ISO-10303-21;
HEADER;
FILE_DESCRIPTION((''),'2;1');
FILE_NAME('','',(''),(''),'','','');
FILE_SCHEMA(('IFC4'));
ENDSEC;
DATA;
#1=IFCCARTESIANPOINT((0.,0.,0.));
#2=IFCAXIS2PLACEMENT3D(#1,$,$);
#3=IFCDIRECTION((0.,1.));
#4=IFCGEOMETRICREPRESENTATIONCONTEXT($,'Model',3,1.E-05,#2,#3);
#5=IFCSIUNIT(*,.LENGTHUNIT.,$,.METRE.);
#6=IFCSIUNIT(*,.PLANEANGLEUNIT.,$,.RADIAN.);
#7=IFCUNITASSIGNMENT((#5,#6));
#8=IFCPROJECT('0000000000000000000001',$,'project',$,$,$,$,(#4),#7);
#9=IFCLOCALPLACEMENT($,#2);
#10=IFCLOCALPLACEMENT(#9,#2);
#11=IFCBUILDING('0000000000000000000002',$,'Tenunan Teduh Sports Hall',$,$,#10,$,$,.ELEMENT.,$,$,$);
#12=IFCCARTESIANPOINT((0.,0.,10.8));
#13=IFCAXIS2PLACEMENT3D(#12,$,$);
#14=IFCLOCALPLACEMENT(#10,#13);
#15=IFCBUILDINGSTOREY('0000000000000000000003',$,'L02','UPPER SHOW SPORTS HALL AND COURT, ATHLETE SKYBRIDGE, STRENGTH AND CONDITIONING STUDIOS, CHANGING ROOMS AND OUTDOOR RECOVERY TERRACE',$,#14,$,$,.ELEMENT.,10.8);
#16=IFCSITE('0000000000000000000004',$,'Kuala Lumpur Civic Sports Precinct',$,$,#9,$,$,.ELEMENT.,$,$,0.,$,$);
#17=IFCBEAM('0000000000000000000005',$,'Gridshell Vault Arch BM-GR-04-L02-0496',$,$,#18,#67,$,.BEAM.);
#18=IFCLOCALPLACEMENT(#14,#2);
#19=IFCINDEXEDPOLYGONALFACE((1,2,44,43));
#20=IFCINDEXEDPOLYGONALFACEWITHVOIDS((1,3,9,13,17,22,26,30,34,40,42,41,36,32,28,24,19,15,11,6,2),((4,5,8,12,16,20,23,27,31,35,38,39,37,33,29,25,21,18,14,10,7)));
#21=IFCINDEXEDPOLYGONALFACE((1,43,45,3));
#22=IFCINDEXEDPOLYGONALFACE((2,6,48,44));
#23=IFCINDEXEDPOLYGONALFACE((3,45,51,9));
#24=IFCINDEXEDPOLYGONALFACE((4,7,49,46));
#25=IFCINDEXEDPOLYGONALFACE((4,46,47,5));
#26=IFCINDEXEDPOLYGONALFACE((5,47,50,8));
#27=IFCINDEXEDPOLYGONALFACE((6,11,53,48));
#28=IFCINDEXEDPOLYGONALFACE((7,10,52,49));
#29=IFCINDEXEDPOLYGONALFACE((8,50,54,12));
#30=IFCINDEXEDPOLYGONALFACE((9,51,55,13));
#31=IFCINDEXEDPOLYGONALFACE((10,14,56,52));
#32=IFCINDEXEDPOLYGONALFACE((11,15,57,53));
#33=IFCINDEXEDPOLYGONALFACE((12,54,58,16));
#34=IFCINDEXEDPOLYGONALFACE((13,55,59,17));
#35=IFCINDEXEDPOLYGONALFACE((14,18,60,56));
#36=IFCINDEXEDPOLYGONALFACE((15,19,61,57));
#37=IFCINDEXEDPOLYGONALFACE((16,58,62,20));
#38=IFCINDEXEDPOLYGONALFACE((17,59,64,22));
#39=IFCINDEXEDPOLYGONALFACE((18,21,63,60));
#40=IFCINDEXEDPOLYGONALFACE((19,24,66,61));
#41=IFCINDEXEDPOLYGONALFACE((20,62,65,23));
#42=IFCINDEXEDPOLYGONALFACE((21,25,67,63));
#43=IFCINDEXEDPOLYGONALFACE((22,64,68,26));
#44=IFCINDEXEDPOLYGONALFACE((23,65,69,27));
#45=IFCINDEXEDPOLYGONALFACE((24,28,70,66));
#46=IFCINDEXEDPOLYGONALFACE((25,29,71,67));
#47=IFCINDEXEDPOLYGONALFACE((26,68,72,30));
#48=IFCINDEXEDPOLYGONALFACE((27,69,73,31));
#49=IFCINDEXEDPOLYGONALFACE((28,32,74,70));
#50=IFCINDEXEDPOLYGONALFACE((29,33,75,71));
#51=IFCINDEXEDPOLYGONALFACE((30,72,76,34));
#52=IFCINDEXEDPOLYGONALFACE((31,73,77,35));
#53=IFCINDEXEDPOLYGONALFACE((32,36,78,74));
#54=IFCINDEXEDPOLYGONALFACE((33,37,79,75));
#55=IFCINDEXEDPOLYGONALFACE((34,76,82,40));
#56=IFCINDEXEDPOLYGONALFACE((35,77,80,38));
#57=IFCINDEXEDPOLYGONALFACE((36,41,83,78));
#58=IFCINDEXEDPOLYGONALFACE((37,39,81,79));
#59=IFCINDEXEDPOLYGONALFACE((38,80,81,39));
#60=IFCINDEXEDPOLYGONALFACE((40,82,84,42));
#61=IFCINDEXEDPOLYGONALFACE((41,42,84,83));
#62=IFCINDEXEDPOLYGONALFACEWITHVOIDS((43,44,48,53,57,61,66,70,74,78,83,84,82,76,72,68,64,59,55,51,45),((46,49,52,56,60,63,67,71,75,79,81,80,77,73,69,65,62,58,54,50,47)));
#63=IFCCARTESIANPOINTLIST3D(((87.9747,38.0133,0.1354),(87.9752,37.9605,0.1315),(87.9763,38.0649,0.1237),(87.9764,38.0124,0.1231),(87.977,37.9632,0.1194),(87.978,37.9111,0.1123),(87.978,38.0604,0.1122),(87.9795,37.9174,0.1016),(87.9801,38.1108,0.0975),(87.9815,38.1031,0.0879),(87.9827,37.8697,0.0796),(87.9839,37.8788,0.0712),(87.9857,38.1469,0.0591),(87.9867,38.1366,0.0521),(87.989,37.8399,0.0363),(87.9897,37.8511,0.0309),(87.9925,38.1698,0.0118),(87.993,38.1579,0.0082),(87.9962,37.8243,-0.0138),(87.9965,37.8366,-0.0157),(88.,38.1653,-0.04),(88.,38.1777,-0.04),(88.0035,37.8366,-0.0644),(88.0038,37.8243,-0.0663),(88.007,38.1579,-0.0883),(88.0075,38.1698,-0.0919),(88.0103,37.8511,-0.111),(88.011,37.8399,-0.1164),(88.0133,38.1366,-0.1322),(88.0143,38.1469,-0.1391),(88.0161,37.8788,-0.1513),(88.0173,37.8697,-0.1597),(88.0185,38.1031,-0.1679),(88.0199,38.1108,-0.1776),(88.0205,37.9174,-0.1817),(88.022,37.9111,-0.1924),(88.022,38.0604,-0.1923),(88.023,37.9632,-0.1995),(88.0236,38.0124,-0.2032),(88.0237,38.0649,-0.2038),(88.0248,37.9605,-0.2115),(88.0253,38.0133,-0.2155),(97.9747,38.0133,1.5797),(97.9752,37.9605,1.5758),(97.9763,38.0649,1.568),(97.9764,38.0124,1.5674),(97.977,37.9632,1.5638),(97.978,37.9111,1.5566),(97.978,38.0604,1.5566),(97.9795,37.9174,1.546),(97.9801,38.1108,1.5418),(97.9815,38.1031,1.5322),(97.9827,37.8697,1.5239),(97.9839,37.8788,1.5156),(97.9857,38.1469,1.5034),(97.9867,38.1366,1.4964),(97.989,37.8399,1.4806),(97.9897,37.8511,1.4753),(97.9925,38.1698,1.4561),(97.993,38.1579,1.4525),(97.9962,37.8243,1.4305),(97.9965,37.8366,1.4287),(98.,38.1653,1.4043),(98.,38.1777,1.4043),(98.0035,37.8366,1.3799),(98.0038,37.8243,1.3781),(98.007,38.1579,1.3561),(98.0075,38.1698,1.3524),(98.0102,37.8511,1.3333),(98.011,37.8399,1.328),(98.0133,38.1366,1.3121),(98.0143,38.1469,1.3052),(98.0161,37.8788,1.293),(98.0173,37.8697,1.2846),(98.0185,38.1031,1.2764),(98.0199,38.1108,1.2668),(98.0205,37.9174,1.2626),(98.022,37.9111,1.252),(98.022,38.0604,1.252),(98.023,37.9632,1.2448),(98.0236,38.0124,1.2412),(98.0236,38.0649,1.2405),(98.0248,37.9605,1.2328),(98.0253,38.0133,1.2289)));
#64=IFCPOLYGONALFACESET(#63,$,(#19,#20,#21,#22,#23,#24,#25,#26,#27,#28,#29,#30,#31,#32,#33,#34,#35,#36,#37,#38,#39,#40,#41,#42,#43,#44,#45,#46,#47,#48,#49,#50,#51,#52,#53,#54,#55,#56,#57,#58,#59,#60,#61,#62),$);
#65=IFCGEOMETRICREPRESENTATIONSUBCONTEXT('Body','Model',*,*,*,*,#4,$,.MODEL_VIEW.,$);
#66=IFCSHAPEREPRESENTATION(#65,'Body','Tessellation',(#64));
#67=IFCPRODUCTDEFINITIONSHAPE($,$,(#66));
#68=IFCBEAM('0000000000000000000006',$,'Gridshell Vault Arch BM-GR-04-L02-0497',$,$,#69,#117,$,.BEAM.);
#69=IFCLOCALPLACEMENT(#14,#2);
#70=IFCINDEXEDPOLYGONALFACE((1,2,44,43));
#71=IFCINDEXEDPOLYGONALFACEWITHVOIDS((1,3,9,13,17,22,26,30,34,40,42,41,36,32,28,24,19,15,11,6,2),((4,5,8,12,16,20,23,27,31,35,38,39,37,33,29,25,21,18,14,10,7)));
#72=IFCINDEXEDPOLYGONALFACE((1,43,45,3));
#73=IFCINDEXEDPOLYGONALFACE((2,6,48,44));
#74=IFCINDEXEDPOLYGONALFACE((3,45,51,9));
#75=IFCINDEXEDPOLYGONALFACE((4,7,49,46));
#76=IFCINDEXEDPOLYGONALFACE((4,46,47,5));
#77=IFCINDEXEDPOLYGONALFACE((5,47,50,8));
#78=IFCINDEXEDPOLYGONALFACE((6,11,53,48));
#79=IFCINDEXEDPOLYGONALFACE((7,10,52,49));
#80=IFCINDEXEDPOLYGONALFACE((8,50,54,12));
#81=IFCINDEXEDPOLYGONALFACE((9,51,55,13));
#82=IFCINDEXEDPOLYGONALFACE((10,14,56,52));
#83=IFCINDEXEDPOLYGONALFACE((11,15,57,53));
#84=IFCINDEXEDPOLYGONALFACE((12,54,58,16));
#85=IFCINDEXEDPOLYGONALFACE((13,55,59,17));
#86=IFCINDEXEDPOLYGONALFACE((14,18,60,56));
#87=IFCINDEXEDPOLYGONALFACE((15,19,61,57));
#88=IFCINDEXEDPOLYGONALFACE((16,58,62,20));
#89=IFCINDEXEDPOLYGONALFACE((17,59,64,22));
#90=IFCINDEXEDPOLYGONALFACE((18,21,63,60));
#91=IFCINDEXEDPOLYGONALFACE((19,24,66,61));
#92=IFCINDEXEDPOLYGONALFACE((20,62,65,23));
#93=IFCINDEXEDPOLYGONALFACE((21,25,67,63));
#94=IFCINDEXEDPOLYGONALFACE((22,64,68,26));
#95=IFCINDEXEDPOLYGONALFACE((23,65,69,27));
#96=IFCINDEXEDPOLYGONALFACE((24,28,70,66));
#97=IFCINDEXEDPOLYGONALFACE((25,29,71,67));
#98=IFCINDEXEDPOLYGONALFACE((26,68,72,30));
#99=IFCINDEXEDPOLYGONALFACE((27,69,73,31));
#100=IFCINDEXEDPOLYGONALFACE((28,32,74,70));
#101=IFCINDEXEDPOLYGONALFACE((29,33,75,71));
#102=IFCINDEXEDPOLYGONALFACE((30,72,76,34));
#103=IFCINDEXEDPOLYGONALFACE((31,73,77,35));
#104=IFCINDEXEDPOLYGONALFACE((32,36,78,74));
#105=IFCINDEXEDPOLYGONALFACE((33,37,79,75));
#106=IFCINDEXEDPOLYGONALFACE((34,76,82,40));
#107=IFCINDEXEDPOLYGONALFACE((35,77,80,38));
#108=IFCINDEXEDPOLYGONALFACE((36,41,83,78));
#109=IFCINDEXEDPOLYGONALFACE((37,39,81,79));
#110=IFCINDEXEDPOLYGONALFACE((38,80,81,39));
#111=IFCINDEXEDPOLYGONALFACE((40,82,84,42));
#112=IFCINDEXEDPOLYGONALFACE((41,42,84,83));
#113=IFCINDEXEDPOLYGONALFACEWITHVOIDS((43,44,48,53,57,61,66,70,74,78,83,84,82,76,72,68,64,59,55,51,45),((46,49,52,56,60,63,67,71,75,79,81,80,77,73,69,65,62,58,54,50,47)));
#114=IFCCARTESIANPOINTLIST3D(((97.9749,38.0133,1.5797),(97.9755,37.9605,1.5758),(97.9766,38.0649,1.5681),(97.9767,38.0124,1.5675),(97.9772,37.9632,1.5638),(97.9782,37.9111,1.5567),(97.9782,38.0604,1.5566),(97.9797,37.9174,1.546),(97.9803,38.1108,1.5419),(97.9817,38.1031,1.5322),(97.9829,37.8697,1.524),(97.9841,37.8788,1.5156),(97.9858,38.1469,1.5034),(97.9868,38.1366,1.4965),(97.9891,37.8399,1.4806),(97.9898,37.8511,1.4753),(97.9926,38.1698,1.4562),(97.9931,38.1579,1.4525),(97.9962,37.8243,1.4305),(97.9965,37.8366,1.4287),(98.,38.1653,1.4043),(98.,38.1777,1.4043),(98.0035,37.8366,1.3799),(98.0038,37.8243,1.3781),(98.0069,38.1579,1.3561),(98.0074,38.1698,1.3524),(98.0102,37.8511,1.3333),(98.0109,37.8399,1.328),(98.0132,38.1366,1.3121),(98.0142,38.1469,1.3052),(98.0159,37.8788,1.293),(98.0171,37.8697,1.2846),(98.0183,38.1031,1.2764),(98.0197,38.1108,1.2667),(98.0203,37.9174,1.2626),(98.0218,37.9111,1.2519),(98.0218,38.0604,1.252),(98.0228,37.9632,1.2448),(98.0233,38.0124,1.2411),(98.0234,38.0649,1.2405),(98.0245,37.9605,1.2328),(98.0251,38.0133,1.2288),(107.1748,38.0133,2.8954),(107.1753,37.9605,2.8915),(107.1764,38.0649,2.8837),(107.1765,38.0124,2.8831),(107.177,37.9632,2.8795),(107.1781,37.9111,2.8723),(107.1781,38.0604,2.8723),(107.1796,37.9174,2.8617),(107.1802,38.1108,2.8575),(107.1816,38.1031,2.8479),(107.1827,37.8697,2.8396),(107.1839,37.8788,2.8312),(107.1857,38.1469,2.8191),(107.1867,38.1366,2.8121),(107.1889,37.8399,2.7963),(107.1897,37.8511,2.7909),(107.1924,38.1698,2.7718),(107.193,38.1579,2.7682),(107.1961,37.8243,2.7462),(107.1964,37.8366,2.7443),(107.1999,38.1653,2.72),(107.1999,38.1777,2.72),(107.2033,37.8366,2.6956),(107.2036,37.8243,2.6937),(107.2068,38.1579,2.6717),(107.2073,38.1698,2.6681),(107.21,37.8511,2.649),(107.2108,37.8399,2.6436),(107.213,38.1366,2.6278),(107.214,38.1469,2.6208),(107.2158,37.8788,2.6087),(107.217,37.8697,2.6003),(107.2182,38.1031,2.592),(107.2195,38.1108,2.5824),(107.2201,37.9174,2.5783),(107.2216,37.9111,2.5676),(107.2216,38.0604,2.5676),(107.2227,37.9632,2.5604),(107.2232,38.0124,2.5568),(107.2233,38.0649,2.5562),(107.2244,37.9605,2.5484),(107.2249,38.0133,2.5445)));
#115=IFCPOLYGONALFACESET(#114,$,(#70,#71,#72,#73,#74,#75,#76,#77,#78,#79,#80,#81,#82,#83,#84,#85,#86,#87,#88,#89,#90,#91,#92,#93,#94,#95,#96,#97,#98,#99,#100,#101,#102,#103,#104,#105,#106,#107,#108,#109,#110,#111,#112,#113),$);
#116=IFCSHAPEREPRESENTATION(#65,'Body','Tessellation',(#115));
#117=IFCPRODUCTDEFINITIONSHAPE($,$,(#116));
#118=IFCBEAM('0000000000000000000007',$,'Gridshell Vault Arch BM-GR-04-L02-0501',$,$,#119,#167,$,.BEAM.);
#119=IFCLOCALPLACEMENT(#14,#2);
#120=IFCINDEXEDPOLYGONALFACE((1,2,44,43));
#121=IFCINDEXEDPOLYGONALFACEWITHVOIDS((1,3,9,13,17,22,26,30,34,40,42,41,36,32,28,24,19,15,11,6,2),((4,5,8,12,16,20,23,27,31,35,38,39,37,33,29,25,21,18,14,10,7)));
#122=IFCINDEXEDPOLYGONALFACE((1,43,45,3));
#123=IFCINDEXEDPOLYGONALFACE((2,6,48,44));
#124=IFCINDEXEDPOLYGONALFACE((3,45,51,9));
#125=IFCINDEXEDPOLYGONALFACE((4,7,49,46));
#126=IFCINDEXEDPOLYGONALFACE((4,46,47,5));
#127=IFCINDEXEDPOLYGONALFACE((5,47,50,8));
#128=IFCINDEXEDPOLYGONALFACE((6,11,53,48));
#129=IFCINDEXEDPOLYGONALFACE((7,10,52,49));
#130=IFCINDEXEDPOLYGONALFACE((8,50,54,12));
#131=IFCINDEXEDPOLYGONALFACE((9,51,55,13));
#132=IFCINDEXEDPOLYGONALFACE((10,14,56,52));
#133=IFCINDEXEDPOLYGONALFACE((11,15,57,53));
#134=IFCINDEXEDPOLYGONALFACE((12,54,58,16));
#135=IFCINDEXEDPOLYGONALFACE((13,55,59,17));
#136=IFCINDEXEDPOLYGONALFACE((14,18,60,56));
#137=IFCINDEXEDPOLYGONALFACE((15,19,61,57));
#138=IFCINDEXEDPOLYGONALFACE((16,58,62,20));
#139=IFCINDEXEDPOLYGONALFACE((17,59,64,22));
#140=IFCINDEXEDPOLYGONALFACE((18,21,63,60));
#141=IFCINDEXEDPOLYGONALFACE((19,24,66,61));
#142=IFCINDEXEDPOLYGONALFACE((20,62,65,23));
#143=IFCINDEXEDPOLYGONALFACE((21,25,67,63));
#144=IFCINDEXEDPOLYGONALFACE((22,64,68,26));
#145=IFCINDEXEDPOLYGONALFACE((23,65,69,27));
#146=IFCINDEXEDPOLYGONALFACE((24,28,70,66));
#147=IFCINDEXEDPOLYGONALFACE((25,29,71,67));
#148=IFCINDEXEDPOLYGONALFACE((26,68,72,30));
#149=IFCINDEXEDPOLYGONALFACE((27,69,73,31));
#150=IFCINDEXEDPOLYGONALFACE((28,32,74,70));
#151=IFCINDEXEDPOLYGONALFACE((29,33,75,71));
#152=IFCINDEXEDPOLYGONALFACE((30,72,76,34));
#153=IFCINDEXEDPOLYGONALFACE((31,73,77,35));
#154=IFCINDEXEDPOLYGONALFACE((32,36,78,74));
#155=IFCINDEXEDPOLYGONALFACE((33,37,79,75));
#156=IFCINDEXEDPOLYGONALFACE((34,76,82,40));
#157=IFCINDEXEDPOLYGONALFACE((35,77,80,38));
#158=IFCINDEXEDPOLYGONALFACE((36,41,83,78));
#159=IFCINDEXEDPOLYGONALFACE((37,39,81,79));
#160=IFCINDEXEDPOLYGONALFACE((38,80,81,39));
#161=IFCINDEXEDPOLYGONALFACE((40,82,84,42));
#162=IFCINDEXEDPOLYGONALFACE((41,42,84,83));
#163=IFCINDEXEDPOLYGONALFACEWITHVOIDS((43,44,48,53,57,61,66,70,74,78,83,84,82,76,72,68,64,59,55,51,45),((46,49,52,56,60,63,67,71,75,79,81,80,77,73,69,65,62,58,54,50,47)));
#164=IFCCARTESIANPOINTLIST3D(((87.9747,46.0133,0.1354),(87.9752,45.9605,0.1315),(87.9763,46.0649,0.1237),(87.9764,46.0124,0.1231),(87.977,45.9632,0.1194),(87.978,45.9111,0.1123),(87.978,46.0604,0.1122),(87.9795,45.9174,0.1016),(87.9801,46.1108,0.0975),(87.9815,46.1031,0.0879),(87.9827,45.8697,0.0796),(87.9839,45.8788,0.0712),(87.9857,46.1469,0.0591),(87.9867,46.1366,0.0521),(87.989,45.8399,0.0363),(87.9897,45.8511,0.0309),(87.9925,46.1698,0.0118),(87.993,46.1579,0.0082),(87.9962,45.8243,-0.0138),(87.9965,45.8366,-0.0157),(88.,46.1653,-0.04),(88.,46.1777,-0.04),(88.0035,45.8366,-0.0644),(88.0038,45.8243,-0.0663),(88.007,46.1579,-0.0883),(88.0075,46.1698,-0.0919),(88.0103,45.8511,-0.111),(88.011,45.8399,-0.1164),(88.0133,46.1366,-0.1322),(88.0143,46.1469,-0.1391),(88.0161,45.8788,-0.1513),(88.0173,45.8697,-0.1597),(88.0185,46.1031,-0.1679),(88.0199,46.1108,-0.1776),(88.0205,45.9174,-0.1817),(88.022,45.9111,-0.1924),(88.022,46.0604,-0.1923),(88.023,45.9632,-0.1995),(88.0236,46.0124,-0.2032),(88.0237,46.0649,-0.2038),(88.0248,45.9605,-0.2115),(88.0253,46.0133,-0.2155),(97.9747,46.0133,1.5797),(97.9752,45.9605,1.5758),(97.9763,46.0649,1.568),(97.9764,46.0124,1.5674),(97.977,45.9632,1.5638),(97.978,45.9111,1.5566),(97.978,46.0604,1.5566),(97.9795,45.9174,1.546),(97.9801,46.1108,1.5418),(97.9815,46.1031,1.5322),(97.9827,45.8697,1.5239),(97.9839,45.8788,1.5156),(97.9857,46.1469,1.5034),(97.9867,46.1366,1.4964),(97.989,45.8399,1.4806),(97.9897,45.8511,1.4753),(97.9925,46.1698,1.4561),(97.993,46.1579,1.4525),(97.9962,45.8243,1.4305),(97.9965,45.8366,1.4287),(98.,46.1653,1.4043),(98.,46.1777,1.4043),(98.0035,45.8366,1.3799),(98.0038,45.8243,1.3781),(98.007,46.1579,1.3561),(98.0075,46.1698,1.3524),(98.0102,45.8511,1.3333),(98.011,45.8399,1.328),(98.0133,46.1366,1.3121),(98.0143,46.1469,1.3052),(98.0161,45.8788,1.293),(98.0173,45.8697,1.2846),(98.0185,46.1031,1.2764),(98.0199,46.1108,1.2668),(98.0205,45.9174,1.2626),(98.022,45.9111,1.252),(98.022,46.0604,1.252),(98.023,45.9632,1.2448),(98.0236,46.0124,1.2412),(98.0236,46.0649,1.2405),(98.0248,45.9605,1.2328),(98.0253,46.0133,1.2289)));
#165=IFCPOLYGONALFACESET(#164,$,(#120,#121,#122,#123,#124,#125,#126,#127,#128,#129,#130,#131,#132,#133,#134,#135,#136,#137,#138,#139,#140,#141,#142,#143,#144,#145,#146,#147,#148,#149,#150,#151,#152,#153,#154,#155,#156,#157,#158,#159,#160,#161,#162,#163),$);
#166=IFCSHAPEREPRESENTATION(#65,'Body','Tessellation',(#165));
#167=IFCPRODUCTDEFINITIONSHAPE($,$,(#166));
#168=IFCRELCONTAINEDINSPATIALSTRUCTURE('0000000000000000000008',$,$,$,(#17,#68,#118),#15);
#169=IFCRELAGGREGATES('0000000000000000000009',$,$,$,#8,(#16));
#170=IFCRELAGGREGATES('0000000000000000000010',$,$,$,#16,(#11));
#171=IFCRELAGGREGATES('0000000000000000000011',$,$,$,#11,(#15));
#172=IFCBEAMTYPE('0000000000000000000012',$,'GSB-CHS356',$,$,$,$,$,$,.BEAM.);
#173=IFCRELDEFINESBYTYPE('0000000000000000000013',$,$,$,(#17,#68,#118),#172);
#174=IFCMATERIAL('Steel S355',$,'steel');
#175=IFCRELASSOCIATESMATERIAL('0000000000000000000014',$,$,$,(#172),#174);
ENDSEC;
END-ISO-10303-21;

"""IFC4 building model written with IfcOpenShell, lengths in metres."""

from ifc_helpers import new_model, si_unit, direction, frame, origin, origin_2d, place, context, subcontext, project, spatial, hollow_circle, extrude, material, material_profile, profile_set, type_object, element, save


model = new_model("IFC4")

# Units and contexts
model_context = context("Model", 3, precision=1e-05, world=origin(), true_north=direction((0.0, 1.0)))
body_context = subcontext(model_context, "Body", "Model", "MODEL_VIEW")
ifc_project = project(units=[si_unit("LENGTHUNIT", "METRE"), si_unit("PLANEANGLEUNIT", "RADIAN")], contexts=[model_context])

# Site, building, storey
site_placement = place(None, origin())
site = spatial("IfcSite", under=ifc_project, at=site_placement, Name="Kuala Lumpur Civic Sports Precinct", CompositionType="ELEMENT", RefElevation=0.0)
building_placement = place(site_placement, origin())
building = spatial("IfcBuilding", under=site, at=building_placement, Name="Tenunan Teduh Sports Hall", CompositionType="ELEMENT")
storey_placement = place(building_placement, frame((0.0, 0.0, 10.8)))
storey = spatial("IfcBuildingStorey", under=building, at=storey_placement, Name="L02", Description="UPPER SHOW SPORTS HALL AND COURT, ATHLETE SKYBRIDGE, STRENGTH AND CONDITIONING STUDIOS, CHANGING ROOMS AND OUTDOOR RECOVERY TERRACE", CompositionType="ELEMENT", Elevation=10.8)

# Beams
ifc_material_1 = material(Name="Steel S355", Category="steel")
ifc_material_profile_1 = material_profile(ifc_material_1, hollow_circle(Radius=0.1777, WallThickness=0.0125, at=origin_2d()), Name="CHS 355.6x12.5")
ifc_profile_set_1 = profile_set([ifc_material_profile_1], Name="Steel S355")
beam_type = type_object("IfcBeamType", Name="GSB-CHS356", PredefinedType="BEAM", material=ifc_profile_set_1)
beam_1_placement = place(storey_placement, frame((88.0, 38.0, -0.04), z_axis=(0.98973, 0.0, 0.14295), x_axis=(0.0, 1.0, 0.0)))
element("IfcBeam", 1, at=beam_1_placement, inside=storey, type_object=beam_type, Name="Gridshell Vault Arch BM-GR-04-L02-0496", PredefinedType="BEAM", context=body_context, shape_type="SweptSolid", body=[
    extrude(hollow_circle(Radius=0.1777, WallThickness=0.0125, at=origin_2d()), origin(), (0.0, 0.0, 1.0), 10.1038),
])
beam_2_placement = place(storey_placement, frame((98.0, 38.0, 1.4043), z_axis=(0.989928, 0.0, 0.141568), x_axis=(0.0, 1.0, 0.0)))
element("IfcBeam", 2, at=beam_2_placement, inside=storey, type_object=beam_type, Name="Gridshell Vault Arch BM-GR-04-L02-0497", PredefinedType="BEAM", context=body_context, shape_type="SweptSolid", body=[
    extrude(hollow_circle(Radius=0.1777, WallThickness=0.0125, at=origin_2d()), origin(), (0.0, 0.0, 1.0), 9.2935),
])
beam_3_placement = place(storey_placement, frame((88.0, 46.0, -0.04), z_axis=(0.98973, 0.0, 0.14295), x_axis=(0.0, 1.0, 0.0)))
element("IfcBeam", 3, at=beam_3_placement, inside=storey, type_object=beam_type, Name="Gridshell Vault Arch BM-GR-04-L02-0501", PredefinedType="BEAM", context=body_context, shape_type="SweptSolid", body=[
    extrude(hollow_circle(Radius=0.1777, WallThickness=0.0125, at=origin_2d()), origin(), (0.0, 0.0, 1.0), 10.1038),
])

save(model, "model.ifc")
